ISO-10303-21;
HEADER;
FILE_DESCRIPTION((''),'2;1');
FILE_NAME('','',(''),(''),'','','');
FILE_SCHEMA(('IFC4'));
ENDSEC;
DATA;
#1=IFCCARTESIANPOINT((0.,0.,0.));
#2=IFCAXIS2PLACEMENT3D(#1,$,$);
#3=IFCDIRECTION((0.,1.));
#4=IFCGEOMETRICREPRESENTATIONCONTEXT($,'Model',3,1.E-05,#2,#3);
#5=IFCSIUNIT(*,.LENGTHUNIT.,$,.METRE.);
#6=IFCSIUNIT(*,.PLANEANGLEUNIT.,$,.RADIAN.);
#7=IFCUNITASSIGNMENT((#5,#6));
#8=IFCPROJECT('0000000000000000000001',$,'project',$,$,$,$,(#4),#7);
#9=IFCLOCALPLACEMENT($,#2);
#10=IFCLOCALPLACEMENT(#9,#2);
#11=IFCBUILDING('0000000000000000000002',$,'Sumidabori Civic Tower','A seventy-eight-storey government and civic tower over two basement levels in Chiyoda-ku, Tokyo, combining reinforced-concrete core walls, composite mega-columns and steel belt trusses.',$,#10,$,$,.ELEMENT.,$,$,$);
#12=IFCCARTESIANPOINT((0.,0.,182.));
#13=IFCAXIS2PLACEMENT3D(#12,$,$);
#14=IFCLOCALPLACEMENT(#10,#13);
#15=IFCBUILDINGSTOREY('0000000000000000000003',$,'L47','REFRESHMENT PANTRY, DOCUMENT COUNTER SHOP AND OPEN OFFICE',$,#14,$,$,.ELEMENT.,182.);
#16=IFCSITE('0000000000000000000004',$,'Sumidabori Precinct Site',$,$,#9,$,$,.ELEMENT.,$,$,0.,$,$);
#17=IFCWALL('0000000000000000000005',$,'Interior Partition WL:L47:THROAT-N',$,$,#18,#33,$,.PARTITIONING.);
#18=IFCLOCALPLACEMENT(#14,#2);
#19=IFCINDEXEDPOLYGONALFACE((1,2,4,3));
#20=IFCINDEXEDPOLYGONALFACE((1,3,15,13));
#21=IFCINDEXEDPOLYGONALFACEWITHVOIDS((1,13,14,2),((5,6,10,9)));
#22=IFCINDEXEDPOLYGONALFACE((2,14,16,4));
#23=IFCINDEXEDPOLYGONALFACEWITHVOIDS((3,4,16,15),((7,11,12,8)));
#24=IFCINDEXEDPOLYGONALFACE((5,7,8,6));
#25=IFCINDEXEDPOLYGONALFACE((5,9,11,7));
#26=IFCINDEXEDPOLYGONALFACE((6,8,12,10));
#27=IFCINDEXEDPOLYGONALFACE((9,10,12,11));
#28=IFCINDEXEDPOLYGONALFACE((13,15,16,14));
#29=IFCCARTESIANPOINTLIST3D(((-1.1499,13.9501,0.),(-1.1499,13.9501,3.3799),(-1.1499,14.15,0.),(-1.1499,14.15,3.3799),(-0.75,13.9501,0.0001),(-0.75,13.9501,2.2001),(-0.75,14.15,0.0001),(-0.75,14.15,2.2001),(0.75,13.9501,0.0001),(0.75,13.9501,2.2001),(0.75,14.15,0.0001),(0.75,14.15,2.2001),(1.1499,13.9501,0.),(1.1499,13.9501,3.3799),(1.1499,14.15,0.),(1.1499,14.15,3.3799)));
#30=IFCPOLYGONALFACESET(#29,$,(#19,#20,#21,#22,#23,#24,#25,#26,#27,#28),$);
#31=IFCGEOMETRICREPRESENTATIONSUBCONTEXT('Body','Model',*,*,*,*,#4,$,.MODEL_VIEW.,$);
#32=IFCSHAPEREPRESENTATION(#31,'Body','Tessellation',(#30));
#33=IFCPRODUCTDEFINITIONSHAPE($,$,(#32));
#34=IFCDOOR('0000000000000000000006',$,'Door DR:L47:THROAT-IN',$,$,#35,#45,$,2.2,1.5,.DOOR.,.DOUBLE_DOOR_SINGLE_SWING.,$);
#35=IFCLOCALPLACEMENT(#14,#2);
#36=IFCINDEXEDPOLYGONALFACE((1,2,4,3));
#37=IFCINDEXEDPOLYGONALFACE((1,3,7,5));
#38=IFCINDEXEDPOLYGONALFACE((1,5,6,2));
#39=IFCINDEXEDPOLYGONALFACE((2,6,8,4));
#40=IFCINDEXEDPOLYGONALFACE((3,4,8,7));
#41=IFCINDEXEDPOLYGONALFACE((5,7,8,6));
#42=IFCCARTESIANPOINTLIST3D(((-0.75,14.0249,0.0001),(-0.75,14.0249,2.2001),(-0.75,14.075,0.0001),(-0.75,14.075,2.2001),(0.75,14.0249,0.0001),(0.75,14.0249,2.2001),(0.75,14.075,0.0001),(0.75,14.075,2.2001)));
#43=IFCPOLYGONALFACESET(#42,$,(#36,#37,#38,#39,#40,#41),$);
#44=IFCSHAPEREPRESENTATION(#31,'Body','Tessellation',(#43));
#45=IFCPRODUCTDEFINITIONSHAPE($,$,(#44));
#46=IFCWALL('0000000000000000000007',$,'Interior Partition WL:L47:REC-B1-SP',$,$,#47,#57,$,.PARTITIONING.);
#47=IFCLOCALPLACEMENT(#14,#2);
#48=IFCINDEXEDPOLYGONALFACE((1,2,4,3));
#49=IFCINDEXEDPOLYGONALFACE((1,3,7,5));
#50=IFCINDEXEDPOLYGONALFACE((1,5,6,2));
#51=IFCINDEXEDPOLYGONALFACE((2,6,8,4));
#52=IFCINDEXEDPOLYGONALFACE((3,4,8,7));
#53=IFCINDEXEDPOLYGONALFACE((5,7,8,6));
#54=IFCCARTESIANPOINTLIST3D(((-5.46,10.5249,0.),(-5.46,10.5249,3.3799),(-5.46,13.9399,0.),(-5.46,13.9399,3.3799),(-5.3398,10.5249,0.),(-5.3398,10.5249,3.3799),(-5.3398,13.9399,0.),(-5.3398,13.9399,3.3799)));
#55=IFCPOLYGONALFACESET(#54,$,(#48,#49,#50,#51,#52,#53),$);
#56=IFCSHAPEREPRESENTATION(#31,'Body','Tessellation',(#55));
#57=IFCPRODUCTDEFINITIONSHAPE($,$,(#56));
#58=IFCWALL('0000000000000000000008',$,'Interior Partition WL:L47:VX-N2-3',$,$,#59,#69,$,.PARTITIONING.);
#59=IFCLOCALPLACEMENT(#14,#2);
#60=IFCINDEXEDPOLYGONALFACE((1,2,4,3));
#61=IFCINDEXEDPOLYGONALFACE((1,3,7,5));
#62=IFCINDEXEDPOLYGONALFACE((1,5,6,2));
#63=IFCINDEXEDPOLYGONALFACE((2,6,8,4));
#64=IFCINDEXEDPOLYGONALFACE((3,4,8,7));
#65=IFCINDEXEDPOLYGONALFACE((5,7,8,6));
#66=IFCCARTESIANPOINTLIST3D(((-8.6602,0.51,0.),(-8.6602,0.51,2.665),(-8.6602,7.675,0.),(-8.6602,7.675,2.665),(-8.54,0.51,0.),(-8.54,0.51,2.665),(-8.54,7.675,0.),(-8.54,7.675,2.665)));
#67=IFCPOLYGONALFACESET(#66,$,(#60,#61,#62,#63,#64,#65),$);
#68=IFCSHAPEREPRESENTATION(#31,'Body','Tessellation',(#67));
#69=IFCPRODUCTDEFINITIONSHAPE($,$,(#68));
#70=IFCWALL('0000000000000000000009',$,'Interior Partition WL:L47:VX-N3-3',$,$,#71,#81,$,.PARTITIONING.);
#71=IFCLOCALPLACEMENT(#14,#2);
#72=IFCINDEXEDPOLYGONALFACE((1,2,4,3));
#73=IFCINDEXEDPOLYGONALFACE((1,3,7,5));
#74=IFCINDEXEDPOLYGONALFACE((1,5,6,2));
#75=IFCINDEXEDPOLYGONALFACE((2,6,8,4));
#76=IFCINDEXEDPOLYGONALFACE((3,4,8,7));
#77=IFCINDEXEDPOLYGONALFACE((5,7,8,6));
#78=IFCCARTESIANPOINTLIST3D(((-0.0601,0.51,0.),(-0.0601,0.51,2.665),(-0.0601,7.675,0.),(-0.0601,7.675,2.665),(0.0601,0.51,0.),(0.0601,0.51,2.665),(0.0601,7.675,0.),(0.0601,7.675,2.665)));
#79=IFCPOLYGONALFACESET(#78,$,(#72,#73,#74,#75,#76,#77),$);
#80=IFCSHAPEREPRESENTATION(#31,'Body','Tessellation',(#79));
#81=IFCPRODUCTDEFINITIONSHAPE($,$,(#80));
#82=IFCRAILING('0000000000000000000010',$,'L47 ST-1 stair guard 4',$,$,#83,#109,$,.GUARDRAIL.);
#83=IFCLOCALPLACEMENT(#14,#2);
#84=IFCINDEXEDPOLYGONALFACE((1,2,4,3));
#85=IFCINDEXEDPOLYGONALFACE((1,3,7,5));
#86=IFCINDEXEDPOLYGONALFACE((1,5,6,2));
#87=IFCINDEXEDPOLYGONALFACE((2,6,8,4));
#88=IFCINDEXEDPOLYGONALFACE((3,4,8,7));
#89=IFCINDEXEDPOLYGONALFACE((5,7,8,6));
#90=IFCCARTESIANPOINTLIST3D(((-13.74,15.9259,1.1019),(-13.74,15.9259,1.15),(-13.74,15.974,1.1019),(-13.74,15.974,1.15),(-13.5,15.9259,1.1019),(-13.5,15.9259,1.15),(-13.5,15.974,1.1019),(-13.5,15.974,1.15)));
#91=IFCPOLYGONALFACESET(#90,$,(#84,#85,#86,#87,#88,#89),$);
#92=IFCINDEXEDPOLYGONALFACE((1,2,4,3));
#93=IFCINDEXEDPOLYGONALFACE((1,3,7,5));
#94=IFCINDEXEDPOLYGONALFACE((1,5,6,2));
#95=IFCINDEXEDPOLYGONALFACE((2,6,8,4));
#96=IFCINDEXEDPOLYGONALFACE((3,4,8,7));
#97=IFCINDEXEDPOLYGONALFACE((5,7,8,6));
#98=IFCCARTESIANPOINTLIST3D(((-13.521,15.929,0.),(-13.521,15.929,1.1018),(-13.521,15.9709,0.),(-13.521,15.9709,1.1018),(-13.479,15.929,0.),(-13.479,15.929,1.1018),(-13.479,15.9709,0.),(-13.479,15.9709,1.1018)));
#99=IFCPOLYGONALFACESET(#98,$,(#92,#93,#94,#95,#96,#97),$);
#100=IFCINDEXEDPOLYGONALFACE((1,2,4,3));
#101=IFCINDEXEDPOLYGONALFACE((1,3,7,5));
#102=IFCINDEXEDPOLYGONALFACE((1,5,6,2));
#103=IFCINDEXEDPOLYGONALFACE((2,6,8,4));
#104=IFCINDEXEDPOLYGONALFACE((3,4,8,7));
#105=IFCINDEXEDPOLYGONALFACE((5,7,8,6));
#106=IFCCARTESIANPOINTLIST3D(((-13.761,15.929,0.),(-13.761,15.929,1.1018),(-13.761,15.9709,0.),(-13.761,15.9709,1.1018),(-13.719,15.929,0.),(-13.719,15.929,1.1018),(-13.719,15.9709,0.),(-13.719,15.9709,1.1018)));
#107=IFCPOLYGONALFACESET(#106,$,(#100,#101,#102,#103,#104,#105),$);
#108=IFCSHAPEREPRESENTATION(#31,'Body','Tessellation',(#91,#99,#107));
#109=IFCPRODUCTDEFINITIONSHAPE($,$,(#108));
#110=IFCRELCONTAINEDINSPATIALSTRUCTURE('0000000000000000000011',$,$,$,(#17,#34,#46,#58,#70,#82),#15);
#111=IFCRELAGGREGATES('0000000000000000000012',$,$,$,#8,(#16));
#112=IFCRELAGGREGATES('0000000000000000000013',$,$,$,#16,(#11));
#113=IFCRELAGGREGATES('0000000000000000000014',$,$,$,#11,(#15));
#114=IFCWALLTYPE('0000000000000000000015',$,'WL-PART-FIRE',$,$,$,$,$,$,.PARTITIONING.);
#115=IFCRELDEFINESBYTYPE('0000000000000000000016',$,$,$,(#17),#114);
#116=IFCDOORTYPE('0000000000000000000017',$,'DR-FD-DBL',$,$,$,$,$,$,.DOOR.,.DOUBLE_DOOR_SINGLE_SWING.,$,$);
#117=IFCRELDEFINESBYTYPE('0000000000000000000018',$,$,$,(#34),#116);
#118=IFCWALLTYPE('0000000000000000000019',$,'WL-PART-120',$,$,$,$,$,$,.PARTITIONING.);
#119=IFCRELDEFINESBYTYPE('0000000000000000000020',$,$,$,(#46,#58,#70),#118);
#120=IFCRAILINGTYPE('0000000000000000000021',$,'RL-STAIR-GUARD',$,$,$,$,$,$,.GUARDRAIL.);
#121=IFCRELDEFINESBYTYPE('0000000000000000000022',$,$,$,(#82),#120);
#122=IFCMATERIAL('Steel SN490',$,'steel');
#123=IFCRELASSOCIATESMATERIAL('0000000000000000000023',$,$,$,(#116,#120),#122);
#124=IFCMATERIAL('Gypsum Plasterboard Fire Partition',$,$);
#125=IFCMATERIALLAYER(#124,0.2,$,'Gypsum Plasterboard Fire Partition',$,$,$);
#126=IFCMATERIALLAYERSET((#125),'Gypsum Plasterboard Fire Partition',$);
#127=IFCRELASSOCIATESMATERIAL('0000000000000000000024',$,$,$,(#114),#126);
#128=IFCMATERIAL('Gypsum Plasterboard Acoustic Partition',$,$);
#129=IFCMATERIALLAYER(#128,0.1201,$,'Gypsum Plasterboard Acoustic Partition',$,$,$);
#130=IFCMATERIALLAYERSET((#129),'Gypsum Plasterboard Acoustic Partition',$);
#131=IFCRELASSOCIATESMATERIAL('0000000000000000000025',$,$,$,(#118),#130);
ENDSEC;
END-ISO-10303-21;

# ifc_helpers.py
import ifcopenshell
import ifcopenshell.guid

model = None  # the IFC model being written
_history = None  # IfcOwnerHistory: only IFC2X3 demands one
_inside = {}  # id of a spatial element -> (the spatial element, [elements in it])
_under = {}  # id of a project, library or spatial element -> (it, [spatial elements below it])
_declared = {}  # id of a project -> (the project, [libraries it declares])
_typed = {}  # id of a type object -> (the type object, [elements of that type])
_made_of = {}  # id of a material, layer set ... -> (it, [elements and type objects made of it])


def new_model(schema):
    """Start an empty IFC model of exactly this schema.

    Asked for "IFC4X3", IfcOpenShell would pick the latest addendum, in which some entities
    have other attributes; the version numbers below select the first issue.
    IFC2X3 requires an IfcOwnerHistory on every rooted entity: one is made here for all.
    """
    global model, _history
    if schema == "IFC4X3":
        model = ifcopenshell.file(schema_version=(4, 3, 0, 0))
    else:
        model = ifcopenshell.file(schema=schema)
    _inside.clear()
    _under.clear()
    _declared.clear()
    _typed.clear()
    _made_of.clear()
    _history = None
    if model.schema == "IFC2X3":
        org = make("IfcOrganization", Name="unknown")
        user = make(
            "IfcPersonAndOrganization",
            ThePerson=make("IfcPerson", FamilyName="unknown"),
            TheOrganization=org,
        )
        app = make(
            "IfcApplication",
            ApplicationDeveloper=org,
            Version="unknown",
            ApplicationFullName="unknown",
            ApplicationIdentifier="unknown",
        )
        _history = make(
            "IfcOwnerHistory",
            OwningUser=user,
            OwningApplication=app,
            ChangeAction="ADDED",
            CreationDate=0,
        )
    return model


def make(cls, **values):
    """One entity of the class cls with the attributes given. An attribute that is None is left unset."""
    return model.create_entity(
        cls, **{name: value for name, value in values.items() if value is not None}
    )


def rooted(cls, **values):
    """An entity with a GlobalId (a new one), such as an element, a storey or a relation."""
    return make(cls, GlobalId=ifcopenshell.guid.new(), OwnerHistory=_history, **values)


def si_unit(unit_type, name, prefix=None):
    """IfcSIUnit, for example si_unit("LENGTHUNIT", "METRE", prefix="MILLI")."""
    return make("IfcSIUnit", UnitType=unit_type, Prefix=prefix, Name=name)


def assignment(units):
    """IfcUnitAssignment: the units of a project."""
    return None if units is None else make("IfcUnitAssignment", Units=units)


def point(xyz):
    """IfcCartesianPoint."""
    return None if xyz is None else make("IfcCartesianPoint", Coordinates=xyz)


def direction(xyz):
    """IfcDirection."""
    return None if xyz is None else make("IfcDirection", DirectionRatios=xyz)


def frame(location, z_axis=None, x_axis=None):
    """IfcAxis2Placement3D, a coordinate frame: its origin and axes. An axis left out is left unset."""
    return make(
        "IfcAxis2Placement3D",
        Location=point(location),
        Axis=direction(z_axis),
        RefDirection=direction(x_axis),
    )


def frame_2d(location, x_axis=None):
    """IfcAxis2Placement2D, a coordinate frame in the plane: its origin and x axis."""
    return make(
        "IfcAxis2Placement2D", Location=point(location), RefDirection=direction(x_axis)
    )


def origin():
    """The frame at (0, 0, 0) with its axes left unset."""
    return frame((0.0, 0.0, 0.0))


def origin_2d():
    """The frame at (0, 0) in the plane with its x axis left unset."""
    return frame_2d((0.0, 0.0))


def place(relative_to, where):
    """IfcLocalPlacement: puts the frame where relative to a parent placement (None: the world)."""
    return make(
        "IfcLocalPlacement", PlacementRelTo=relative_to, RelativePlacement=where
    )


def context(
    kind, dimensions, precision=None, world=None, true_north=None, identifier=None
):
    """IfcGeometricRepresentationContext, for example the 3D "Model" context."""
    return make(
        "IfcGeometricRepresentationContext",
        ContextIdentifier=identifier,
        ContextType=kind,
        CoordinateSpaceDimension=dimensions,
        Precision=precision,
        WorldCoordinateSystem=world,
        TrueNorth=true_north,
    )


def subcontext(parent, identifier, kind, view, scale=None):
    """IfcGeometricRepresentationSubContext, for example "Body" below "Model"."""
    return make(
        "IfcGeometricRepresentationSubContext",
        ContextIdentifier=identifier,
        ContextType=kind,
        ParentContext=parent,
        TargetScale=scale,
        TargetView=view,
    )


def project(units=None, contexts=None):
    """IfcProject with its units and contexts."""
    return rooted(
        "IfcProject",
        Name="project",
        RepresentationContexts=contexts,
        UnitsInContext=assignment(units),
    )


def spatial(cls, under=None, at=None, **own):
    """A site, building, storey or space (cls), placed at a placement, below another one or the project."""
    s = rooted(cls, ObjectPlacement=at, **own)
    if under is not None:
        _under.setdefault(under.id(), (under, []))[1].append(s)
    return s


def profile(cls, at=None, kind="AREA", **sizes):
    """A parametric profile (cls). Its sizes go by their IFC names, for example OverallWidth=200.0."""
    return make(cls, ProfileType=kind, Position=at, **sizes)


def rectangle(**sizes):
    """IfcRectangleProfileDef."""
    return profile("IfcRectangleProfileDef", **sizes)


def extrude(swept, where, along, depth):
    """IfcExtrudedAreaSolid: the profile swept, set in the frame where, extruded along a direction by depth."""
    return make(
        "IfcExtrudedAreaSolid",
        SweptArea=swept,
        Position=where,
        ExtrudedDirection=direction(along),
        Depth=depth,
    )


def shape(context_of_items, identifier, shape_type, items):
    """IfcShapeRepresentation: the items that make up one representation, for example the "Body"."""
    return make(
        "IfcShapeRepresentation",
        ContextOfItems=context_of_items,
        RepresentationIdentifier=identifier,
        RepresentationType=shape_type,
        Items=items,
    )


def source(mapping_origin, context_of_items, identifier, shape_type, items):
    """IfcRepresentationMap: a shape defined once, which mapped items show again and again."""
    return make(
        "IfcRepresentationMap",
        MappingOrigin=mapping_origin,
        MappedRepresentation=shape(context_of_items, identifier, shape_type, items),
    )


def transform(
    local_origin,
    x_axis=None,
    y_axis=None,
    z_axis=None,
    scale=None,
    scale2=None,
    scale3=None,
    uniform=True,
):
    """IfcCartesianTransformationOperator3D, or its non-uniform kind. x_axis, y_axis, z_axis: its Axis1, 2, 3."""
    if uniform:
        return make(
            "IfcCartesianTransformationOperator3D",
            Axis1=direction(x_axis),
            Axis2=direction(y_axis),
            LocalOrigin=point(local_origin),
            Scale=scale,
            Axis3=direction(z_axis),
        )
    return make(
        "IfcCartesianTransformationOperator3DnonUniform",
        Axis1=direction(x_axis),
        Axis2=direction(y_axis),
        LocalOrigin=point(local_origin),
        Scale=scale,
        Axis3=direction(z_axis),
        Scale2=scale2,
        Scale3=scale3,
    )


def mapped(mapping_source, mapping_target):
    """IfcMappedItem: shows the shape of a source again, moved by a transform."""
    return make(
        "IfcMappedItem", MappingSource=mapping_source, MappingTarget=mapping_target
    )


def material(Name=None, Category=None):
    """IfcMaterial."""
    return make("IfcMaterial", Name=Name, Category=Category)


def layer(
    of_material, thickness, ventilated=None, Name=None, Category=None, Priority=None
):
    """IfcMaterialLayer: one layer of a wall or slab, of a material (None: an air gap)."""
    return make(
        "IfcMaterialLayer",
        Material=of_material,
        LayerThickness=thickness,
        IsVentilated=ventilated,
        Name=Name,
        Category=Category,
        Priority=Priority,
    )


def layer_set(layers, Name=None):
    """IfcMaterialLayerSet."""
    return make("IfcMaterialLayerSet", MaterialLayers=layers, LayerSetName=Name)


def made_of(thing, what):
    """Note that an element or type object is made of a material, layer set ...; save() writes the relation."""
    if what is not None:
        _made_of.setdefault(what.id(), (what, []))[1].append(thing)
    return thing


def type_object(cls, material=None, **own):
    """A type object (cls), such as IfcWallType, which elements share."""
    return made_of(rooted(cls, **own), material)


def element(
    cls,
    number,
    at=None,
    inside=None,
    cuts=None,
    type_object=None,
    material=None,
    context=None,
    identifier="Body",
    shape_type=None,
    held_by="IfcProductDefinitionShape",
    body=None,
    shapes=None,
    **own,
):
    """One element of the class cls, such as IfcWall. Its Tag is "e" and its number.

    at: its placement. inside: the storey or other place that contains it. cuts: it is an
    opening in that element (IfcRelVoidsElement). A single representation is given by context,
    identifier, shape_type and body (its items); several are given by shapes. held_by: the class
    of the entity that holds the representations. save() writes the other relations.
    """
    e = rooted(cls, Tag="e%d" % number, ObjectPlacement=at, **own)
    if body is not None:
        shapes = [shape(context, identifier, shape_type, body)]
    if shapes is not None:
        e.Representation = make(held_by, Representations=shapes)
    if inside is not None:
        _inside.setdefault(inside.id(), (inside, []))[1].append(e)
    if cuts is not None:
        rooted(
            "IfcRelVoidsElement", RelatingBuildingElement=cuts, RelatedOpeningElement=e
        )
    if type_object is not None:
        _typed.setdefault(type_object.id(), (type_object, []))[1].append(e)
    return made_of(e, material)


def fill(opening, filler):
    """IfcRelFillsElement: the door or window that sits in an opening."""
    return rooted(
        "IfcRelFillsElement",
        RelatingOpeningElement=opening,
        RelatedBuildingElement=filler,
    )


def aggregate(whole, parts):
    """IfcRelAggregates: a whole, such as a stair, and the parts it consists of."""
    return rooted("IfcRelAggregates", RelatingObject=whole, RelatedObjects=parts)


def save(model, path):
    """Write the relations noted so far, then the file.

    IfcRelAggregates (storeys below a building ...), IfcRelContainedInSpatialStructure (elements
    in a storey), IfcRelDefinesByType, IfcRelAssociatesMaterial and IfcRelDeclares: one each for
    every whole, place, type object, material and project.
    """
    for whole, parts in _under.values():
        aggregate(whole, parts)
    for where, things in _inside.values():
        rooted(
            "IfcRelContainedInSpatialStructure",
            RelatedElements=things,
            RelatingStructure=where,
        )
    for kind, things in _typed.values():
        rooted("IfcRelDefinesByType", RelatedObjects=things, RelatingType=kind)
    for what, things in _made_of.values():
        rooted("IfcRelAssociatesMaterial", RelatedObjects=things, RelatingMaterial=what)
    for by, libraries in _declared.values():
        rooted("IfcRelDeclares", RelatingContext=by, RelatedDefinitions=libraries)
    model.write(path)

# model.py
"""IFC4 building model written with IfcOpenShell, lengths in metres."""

from ifc_helpers import new_model, si_unit, direction, frame, frame_2d, origin, origin_2d, place, context, subcontext, project, spatial, rectangle, extrude, source, transform, mapped, material, layer, layer_set, type_object, element, fill, save


model = new_model("IFC4")

# Units and contexts
model_context = context("Model", 3, precision=1e-05, world=origin(), true_north=direction((0.0, 1.0)))
body_context = subcontext(model_context, "Body", "Model", "MODEL_VIEW")
ifc_project = project(units=[si_unit("LENGTHUNIT", "METRE"), si_unit("PLANEANGLEUNIT", "RADIAN")], contexts=[model_context])

# Site, building, storey
site_placement = place(None, origin())
site = spatial("IfcSite", under=ifc_project, at=site_placement, Name="Sumidabori Precinct Site", CompositionType="ELEMENT", RefElevation=0.0)
building_placement = place(site_placement, origin())
building = spatial("IfcBuilding", under=site, at=building_placement, Name="Sumidabori Civic Tower", Description="A seventy-eight-storey government and civic tower over two basement levels in Chiyoda-ku, Tokyo, combining reinforced-concrete core walls, composite mega-columns and steel belt trusses.", CompositionType="ELEMENT")
storey_placement = place(building_placement, frame((0.0, 0.0, 182.0)))
storey = spatial("IfcBuildingStorey", under=building, at=storey_placement, Name="L47", Description="REFRESHMENT PANTRY, DOCUMENT COUNTER SHOP AND OPEN OFFICE", CompositionType="ELEMENT", Elevation=182.0)

# Shared definitions
ifc_material_1 = material(Name="Steel SN490", Category="steel")

# Shared definitions
door_type_1 = type_object("IfcDoorType", Name="DR-FD-DBL", OperationType="DOUBLE_DOOR_SINGLE_SWING", PredefinedType="DOOR", material=ifc_material_1)
shared_shape_1 = source(origin(), body_context, "Body", "SweptSolid", [
    extrude(rectangle(XDim=1.5, YDim=2.2, at=frame_2d((0.75, 1.1001))), frame((0.0, 0.0249, 0.0), z_axis=(0.0, -1.0, 0.0), x_axis=(1.0, 0.0, 0.0)), (0.0, 0.0, 1.0), 0.05),
])

# Shared definitions
ifc_material_2 = material(Name="Gypsum Plasterboard Fire Partition")
ifc_layer_1 = layer(ifc_material_2, 0.2, Name="Gypsum Plasterboard Fire Partition")
ifc_layer_set_1 = layer_set([ifc_layer_1], Name="Gypsum Plasterboard Fire Partition")
wall_type_1 = type_object("IfcWallType", Name="WL-PART-FIRE", PredefinedType="PARTITIONING", material=ifc_layer_set_1)

# Wall, opening, door
shared_shape_2 = source(origin(), body_context, "Body", "SweptSolid", [
    extrude(rectangle(XDim=2.2998, YDim=0.2, at=frame_2d((1.1499, 0.0))), origin(), (0.0, 0.0, 1.0), 3.3799),
])
wall_1_placement = place(storey_placement, frame((-1.1499, 14.05, 0.0), z_axis=(0.0, 0.0, 1.0), x_axis=(1.0, 0.0, 0.0)))
wall_1 = element("IfcWall", 1, at=wall_1_placement, inside=storey, type_object=wall_type_1, Name="Interior Partition WL:L47:THROAT-N", PredefinedType="PARTITIONING", context=body_context, shape_type="MappedRepresentation", body=[
    mapped(shared_shape_2, transform((0.0, 0.0, 0.0), x_axis=(1.0, 0.0, 0.0), y_axis=(0.0, 1.0, 0.0), z_axis=(0.0, 0.0, 1.0), scale=1.0)),
])
opening_1_placement = place(wall_1_placement, frame((0.3999, 0.0, 0.0)))
opening_1 = element("IfcOpeningElement", 2, at=opening_1_placement, cuts=wall_1, PredefinedType="OPENING", context=body_context, shape_type="SweptSolid", body=[
    extrude(rectangle(XDim=1.5, YDim=2.2, at=frame_2d((0.75, 1.1001))), frame((0.0, 0.1118, 0.0), z_axis=(0.0, -1.0, 0.0), x_axis=(1.0, 0.0, 0.0)), (0.0, 0.0, 1.0), 0.2239),
])
door_1_placement = place(opening_1_placement, origin())
door_1 = element("IfcDoor", 3, at=door_1_placement, inside=storey, type_object=door_type_1, Name="Door DR:L47:THROAT-IN", OperationType="DOUBLE_DOOR_SINGLE_SWING", OverallHeight=2.2, OverallWidth=1.5, PredefinedType="DOOR", context=body_context, shape_type="MappedRepresentation", body=[
    mapped(shared_shape_1, transform((0.0, 0.0, 0.0), x_axis=(1.0, 0.0, 0.0), y_axis=(0.0, 1.0, 0.0), z_axis=(0.0, 0.0, 1.0), scale=1.0)),
])
fill(opening_1, door_1)

# Walls
ifc_material_3 = material(Name="Gypsum Plasterboard Acoustic Partition")
ifc_layer_2 = layer(ifc_material_3, 0.1201, Name="Gypsum Plasterboard Acoustic Partition")
ifc_layer_set_2 = layer_set([ifc_layer_2], Name="Gypsum Plasterboard Acoustic Partition")
wall_type_2 = type_object("IfcWallType", Name="WL-PART-120", PredefinedType="PARTITIONING", material=ifc_layer_set_2)
shared_shape_3 = source(origin(), body_context, "Body", "SweptSolid", [
    extrude(rectangle(XDim=3.415, YDim=0.1201, at=frame_2d((1.7075, 0.0))), origin(), (0.0, 0.0, 1.0), 3.3799),
])
wall_2_placement = place(storey_placement, frame((-5.3999, 10.5249, 0.0), z_axis=(0.0, 0.0, 1.0), x_axis=(0.0, 1.0, 0.0)))
element("IfcWall", 4, at=wall_2_placement, inside=storey, type_object=wall_type_2, Name="Interior Partition WL:L47:REC-B1-SP", PredefinedType="PARTITIONING", context=body_context, shape_type="MappedRepresentation", body=[
    mapped(shared_shape_3, transform((0.0, 0.0, 0.0), x_axis=(1.0, 0.0, 0.0), y_axis=(0.0, 1.0, 0.0), z_axis=(0.0, 0.0, 1.0), scale=1.0)),
])
shared_shape_4 = source(origin(), body_context, "Body", "SweptSolid", [
    extrude(rectangle(XDim=7.165, YDim=0.1201, at=frame_2d((3.5825, 0.0))), origin(), (0.0, 0.0, 1.0), 2.665),
])
for number, where, z_axis, x_axis, name in (
    (5, (-8.6001, 0.51, 0.0), (0.0, 0.0, 1.0), (0.0, 1.0, 0.0), "Interior Partition WL:L47:VX-N2-3"),
    (6, (0.0, 0.51, 0.0), (0.0, 0.0, 1.0), (0.0, 1.0, 0.0), "Interior Partition WL:L47:VX-N3-3"),
):
    element("IfcWall", number, at=place(storey_placement, frame(where, z_axis=z_axis, x_axis=x_axis)), inside=storey, type_object=wall_type_2, Name=name, PredefinedType="PARTITIONING", context=body_context, shape_type="MappedRepresentation", body=[
        mapped(shared_shape_4, transform((0.0, 0.0, 0.0), x_axis=(1.0, 0.0, 0.0), y_axis=(0.0, 1.0, 0.0), z_axis=(0.0, 0.0, 1.0), scale=1.0)),
    ])

# Railing
railing_type = type_object("IfcRailingType", Name="RL-STAIR-GUARD", PredefinedType="GUARDRAIL", material=ifc_material_1)
railing_placement = place(storey_placement, frame((-13.5, 15.95, 0.0)))
element("IfcRailing", 7, at=railing_placement, inside=storey, type_object=railing_type, Name="L47 ST-1 stair guard 4", PredefinedType="GUARDRAIL", context=body_context, shape_type="SweptSolid", body=[
    extrude(rectangle(XDim=0.0481, YDim=0.0481, at=origin_2d()), frame((0.0, 0.0, 1.126), z_axis=(-1.0, 0.0, 0.0), x_axis=(0.0, -1.0, 0.0)), (0.0, 0.0, 1.0), 0.24),
    extrude(rectangle(XDim=0.042, YDim=0.042, at=origin_2d()), origin(), (0.0, 0.0, 1.0), 1.1018),
    extrude(rectangle(XDim=0.042, YDim=0.042, at=origin_2d()), frame((-0.24, 0.0, 0.0)), (0.0, 0.0, 1.0), 1.1018),
])

save(model, "model.ifc")
